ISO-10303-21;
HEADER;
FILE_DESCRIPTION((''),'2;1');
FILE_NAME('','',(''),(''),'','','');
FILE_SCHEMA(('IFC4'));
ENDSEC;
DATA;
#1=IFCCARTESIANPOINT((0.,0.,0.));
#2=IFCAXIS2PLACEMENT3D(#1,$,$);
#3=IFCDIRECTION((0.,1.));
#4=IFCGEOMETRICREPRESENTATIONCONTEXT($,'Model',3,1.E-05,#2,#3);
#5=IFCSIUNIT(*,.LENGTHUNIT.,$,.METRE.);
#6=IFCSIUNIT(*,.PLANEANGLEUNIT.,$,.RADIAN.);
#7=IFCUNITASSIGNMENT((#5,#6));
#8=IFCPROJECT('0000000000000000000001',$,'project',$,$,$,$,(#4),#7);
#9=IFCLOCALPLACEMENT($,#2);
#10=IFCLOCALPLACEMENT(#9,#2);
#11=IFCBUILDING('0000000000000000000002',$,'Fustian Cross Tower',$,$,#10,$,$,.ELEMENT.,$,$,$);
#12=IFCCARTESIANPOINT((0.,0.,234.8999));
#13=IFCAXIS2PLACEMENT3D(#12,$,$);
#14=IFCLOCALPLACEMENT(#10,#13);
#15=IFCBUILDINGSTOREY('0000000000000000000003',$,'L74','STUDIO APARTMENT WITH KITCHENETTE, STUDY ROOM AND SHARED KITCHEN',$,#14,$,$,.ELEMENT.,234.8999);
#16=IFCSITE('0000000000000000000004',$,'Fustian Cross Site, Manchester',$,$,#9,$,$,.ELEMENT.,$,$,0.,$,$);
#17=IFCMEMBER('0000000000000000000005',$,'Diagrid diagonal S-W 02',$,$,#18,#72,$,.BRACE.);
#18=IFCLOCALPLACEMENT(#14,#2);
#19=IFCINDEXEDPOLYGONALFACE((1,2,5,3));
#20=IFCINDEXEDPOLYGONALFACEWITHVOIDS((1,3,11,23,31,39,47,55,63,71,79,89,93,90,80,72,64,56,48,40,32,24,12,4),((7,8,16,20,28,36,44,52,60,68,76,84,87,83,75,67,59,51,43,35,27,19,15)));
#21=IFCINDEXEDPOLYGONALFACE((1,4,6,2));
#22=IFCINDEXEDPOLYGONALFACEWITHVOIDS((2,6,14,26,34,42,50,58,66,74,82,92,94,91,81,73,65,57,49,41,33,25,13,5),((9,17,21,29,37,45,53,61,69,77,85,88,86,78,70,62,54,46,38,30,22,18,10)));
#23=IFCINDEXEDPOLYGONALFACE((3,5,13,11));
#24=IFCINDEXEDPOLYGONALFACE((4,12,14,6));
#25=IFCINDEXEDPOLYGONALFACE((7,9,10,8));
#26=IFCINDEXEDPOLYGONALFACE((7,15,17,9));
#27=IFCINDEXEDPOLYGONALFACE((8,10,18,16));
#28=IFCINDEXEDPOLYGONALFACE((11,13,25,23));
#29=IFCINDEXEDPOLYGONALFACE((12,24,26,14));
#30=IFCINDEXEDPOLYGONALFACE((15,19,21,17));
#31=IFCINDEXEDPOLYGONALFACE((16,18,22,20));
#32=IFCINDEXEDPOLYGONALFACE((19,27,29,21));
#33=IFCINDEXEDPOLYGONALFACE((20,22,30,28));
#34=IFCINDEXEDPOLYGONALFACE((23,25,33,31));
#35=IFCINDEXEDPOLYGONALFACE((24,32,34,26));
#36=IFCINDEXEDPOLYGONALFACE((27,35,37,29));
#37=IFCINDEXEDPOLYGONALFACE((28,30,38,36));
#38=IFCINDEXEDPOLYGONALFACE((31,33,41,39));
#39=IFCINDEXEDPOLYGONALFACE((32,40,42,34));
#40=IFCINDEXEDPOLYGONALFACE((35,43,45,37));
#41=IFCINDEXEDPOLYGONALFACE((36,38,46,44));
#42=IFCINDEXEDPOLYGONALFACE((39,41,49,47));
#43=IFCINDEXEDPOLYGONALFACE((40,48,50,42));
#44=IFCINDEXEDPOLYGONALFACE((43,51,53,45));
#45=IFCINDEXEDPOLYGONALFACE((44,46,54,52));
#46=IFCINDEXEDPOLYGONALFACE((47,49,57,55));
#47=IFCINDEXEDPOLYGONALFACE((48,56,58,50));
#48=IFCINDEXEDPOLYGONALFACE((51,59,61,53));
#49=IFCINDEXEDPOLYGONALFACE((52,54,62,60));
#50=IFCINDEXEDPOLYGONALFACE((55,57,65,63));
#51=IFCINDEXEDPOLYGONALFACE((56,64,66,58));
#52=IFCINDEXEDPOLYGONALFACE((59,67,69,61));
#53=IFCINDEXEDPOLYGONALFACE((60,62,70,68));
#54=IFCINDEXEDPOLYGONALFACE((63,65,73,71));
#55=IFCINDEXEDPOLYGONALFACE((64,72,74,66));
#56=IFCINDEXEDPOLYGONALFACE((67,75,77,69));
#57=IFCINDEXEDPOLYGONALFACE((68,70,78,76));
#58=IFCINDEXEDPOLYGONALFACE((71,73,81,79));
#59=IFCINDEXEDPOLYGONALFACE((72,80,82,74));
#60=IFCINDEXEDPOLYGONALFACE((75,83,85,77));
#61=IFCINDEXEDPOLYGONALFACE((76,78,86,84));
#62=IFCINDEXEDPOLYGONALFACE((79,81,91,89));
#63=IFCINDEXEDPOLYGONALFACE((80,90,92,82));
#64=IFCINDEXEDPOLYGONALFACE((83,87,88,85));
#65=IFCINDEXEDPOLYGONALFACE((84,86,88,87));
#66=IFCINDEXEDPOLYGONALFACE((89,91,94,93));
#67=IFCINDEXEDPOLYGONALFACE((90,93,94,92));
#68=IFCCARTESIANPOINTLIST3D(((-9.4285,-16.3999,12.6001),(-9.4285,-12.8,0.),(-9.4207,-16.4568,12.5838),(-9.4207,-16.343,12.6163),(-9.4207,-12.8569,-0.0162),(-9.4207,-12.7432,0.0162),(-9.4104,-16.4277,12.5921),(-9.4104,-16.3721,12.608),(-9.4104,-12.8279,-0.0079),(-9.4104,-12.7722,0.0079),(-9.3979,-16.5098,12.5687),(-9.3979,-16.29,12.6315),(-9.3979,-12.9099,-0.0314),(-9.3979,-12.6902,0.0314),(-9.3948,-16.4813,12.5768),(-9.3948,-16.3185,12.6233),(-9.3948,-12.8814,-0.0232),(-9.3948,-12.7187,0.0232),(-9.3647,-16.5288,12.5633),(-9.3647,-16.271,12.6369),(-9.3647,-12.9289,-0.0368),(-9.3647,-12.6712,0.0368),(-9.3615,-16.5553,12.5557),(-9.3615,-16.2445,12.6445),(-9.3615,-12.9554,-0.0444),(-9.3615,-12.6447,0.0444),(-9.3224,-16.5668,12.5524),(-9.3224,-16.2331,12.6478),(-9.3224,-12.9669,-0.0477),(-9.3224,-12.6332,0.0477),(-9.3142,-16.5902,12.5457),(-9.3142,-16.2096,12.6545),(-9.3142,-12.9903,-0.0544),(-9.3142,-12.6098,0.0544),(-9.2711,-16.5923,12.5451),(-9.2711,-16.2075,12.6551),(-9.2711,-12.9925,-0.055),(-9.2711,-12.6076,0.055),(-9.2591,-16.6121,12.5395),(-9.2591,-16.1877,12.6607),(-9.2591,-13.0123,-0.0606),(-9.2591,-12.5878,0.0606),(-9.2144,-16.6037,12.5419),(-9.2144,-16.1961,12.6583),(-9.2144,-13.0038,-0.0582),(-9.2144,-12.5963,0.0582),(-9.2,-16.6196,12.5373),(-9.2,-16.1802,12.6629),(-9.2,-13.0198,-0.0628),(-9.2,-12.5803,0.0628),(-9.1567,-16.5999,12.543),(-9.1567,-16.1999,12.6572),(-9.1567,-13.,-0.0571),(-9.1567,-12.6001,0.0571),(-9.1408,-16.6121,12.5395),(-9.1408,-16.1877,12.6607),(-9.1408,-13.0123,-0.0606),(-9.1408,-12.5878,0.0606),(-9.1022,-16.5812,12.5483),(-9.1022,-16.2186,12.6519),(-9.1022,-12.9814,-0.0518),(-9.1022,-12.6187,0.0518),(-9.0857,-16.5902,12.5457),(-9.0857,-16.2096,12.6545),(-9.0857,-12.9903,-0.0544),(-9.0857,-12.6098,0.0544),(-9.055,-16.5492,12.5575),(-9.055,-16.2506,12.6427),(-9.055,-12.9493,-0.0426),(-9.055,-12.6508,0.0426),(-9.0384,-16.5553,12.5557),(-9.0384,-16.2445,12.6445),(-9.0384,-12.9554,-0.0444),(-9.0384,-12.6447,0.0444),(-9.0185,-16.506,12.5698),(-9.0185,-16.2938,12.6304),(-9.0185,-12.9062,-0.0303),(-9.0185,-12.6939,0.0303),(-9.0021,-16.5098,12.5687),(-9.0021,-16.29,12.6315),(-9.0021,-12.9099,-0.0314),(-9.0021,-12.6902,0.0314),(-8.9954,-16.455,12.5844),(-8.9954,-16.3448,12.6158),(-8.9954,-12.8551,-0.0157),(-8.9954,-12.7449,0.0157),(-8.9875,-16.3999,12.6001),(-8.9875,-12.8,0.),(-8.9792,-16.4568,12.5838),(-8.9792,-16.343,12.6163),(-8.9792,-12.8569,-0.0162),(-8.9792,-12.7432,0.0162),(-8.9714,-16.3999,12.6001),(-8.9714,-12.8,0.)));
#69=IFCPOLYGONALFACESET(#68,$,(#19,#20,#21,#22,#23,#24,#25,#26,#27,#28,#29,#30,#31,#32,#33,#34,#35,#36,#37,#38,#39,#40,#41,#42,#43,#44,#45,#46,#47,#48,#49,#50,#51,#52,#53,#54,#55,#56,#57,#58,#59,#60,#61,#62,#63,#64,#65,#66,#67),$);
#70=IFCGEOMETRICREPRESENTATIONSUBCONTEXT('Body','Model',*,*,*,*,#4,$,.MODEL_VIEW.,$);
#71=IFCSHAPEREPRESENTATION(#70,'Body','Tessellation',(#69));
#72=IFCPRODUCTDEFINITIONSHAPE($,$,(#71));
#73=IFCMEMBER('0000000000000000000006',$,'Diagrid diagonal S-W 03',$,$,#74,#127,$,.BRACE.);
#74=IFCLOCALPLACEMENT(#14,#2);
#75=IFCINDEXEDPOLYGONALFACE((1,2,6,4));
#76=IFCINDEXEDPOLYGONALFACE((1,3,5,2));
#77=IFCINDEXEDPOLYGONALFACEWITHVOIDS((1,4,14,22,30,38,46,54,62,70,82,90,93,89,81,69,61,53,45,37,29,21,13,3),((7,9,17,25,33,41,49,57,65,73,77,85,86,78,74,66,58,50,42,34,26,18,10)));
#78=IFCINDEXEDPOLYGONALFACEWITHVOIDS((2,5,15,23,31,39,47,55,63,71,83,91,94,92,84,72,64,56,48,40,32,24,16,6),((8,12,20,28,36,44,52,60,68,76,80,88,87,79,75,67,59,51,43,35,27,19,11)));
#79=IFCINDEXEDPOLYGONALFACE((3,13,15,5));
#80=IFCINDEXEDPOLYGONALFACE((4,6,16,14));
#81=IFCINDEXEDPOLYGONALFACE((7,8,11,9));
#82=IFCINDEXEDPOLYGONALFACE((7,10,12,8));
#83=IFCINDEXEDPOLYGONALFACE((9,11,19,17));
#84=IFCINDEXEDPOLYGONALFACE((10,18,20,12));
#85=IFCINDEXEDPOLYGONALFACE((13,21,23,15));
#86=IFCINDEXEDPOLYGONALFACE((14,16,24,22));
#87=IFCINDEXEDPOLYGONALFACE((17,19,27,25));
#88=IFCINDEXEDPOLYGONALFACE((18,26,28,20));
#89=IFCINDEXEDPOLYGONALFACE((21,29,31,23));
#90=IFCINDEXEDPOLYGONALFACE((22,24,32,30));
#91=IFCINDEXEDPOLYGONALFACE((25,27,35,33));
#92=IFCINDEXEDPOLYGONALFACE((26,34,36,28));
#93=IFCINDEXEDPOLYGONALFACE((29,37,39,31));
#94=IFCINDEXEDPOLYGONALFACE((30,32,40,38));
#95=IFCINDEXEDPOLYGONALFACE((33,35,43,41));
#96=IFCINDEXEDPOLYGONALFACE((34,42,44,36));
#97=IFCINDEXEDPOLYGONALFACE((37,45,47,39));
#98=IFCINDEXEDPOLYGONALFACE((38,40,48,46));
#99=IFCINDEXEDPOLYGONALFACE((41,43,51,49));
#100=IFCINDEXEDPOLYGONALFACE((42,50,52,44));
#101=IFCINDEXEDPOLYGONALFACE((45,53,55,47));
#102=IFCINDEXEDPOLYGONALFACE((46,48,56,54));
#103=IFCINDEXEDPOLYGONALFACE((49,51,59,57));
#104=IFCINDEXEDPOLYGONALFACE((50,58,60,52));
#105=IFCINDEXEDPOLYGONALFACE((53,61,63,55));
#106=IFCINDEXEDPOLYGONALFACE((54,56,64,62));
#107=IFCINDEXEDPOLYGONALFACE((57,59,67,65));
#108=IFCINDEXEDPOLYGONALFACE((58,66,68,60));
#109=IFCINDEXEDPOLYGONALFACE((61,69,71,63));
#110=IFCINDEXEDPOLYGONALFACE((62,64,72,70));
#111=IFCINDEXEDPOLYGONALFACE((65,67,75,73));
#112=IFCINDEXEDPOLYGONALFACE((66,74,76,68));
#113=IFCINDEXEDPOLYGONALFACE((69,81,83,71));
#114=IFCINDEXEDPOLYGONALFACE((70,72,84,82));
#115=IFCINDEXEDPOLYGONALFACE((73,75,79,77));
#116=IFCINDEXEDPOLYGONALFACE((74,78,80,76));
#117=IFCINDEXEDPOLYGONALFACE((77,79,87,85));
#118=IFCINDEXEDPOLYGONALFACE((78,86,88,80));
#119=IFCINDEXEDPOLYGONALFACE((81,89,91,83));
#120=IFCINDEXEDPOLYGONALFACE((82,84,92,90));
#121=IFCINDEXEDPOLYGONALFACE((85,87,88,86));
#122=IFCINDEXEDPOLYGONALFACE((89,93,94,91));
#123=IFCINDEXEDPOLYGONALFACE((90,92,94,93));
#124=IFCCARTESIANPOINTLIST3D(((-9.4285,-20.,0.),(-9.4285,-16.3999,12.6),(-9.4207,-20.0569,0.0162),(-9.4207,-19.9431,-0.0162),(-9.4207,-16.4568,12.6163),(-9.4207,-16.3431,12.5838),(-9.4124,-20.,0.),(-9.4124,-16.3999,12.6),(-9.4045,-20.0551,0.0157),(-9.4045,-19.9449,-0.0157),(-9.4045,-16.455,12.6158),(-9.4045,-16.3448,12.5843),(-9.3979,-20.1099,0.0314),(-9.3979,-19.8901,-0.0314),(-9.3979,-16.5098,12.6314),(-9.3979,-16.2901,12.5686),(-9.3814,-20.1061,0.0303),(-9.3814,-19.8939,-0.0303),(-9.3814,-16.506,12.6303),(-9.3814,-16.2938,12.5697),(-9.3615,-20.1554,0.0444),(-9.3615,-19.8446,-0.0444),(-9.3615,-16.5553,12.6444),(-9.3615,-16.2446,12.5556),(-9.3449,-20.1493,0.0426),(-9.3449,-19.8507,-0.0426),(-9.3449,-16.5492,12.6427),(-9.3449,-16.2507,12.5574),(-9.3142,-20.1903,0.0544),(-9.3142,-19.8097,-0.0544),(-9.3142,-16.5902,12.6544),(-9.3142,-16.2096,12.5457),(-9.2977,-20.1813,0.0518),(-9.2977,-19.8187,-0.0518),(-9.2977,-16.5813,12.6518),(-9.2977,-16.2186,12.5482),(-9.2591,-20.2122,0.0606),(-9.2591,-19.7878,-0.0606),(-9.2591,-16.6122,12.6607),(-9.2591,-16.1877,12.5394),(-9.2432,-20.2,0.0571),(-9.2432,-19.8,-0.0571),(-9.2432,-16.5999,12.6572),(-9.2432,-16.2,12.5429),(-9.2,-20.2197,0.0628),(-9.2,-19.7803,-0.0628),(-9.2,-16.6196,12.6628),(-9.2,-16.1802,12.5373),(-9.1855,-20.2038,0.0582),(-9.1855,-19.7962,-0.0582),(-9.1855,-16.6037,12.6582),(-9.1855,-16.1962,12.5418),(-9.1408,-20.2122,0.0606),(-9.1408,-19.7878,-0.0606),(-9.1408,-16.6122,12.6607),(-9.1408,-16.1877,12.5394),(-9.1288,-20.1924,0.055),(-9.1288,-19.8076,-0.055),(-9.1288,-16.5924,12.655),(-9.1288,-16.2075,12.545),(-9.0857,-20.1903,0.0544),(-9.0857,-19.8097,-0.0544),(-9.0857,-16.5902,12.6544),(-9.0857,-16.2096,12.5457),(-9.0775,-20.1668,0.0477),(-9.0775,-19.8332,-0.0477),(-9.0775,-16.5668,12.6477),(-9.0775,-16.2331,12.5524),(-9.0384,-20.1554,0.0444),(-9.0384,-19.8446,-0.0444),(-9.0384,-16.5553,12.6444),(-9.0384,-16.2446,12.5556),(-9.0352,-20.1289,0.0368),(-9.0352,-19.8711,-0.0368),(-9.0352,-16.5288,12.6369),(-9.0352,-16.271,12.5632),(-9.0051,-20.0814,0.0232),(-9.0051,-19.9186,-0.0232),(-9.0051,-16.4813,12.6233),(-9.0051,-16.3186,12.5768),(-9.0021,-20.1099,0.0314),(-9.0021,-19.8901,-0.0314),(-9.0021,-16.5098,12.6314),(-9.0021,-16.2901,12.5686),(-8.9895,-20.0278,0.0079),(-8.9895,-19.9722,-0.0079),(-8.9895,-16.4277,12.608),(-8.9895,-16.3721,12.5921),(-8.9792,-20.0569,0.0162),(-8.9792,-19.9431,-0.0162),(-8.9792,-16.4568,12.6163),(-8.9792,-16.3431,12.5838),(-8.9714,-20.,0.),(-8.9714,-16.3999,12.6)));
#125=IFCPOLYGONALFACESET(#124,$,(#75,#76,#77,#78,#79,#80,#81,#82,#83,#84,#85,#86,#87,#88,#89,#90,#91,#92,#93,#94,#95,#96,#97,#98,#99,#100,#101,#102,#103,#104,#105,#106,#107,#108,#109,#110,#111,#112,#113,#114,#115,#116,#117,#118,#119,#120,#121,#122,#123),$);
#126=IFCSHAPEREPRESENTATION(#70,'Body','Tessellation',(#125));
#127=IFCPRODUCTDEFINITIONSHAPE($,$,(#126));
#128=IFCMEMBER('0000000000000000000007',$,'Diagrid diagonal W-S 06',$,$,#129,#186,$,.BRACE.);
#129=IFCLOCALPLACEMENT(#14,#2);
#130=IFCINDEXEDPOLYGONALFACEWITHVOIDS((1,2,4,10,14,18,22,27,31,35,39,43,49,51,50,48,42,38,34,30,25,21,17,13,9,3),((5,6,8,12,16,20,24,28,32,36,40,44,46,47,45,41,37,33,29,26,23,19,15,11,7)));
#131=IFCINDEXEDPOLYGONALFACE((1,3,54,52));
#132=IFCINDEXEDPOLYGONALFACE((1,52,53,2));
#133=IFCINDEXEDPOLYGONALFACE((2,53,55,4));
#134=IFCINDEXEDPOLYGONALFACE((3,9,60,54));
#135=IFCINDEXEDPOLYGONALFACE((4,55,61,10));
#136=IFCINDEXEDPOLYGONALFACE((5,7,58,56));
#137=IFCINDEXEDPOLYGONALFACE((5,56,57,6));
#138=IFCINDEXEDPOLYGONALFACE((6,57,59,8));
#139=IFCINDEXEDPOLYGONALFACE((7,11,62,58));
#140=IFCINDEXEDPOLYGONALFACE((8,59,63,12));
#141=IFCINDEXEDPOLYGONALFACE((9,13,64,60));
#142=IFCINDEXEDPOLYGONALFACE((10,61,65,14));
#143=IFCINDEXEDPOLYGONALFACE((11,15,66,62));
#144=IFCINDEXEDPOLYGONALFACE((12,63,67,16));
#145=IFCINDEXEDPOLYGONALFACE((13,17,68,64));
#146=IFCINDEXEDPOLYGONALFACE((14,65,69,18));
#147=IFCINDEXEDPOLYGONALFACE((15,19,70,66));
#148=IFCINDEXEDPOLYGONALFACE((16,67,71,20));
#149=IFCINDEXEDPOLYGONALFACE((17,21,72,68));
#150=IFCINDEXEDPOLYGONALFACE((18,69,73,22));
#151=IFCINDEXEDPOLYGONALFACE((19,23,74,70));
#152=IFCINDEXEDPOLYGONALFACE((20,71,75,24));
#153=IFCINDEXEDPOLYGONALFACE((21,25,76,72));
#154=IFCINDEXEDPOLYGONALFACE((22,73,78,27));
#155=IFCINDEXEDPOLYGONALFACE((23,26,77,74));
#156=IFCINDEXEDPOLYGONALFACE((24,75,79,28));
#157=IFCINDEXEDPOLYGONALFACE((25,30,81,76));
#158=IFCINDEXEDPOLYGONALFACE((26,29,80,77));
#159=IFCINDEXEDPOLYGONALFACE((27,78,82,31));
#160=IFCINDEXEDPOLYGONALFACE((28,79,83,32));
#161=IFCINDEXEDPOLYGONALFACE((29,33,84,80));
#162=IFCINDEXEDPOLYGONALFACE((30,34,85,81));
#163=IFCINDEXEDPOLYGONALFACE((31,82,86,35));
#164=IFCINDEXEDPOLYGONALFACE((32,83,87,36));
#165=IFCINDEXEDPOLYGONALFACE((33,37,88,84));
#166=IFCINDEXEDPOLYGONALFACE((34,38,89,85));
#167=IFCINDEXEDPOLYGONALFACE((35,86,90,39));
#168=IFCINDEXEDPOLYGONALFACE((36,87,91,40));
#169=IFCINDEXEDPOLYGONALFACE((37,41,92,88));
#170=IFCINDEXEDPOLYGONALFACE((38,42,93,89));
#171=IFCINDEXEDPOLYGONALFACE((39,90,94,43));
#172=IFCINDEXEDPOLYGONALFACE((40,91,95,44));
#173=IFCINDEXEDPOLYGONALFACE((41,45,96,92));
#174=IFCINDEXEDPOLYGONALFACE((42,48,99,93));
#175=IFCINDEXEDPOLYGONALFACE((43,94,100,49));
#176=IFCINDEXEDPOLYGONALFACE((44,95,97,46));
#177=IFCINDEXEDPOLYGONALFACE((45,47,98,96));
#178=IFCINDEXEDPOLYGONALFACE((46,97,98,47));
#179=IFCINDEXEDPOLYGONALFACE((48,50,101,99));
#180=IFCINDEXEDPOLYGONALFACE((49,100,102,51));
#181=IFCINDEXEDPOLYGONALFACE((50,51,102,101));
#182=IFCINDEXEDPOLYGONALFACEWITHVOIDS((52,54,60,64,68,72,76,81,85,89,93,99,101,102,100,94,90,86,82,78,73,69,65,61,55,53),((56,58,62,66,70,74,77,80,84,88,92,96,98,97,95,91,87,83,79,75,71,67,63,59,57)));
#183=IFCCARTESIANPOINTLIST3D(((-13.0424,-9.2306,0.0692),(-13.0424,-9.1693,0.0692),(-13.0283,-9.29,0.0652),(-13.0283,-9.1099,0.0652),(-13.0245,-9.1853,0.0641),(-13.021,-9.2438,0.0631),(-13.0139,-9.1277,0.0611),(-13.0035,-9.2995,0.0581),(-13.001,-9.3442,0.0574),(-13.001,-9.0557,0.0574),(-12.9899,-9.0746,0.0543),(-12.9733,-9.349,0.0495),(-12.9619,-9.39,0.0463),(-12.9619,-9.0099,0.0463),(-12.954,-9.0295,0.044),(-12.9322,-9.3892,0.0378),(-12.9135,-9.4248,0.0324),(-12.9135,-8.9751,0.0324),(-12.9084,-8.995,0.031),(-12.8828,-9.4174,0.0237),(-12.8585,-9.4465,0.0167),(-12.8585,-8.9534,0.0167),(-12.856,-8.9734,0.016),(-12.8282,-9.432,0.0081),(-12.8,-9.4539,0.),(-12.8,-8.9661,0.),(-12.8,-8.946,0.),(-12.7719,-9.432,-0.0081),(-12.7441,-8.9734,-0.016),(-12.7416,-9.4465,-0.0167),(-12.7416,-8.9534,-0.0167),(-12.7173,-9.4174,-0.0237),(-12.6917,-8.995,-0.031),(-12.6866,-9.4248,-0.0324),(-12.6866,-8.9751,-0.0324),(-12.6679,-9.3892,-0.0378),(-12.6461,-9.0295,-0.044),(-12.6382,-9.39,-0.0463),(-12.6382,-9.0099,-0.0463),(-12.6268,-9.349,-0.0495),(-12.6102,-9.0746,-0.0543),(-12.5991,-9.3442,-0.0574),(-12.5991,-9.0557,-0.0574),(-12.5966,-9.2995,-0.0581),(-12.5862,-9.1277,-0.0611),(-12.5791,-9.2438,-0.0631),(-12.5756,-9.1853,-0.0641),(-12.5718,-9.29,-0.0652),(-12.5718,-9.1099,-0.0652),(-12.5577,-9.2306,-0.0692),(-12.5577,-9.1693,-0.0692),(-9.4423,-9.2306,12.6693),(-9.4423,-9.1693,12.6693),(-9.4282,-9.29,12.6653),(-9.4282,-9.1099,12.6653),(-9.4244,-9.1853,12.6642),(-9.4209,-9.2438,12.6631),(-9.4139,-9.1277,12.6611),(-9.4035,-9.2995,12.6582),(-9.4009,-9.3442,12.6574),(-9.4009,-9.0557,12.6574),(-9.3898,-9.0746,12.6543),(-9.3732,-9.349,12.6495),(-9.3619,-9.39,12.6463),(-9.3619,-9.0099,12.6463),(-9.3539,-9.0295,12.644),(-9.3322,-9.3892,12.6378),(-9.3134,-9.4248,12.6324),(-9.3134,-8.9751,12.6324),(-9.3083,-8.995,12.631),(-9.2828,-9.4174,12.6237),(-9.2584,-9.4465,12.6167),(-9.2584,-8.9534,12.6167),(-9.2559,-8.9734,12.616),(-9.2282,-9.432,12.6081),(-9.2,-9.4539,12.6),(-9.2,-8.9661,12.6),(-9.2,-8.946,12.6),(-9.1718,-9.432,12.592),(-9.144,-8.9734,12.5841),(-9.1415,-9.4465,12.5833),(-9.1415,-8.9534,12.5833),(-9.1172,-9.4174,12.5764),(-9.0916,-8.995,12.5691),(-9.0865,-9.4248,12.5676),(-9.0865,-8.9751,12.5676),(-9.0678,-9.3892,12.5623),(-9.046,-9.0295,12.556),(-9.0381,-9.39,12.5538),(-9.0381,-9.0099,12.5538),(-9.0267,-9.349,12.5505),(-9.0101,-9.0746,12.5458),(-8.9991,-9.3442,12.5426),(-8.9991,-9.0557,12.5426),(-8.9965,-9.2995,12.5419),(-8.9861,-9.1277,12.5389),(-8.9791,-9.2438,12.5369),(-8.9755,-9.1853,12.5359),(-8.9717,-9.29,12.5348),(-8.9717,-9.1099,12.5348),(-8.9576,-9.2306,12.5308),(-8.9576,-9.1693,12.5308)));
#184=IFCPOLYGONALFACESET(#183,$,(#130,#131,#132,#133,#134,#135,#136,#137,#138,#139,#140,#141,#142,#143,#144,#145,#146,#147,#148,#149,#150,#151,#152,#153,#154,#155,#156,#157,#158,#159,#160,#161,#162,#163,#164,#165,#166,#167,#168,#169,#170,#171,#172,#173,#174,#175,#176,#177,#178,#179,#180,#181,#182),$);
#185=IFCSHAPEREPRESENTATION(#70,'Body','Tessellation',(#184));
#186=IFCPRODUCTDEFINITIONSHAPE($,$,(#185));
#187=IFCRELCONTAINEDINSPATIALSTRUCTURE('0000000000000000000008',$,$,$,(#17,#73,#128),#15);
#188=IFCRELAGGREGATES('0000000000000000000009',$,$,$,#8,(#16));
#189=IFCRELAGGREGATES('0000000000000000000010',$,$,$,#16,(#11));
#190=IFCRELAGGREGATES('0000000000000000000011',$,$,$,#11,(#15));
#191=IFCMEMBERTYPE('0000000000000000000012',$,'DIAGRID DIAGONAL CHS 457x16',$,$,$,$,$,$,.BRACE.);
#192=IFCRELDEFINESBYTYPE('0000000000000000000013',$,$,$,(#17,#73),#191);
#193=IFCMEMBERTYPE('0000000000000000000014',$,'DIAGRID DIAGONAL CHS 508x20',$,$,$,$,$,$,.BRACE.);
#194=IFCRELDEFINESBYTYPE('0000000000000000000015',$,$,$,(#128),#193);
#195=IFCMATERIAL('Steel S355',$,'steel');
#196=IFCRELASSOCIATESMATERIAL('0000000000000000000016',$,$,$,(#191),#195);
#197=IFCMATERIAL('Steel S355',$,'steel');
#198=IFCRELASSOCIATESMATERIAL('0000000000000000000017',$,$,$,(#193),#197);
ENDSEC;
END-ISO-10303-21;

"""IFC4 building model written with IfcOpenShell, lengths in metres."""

from ifc_helpers import new_model, si_unit, direction, frame, origin, origin_2d, place, context, subcontext, project, spatial, hollow_circle, extrude, material, material_profile, profile_set, type_object, element, save


model = new_model("IFC4")

# Units and contexts
model_context = context("Model", 3, precision=1e-05, world=origin(), true_north=direction((0.0, 1.0)))
body_context = subcontext(model_context, "Body", "Model", "MODEL_VIEW")
ifc_project = project(units=[si_unit("LENGTHUNIT", "METRE"), si_unit("PLANEANGLEUNIT", "RADIAN")], contexts=[model_context])

# Site, building, storey
site_placement = place(None, origin())
site = spatial("IfcSite", under=ifc_project, at=site_placement, Name="Fustian Cross Site, Manchester", CompositionType="ELEMENT", RefElevation=0.0)
building_placement = place(site_placement, origin())
building = spatial("IfcBuilding", under=site, at=building_placement, Name="Fustian Cross Tower", CompositionType="ELEMENT")
storey_placement = place(building_placement, frame((0.0, 0.0, 234.8999)))
storey = spatial("IfcBuildingStorey", under=building, at=storey_placement, Name="L74", Description="STUDIO APARTMENT WITH KITCHENETTE, STUDY ROOM AND SHARED KITCHEN", CompositionType="ELEMENT", Elevation=234.8999)

# Members
ifc_material_1 = material(Name="Steel S355", Category="steel")
ifc_material_profile_1 = material_profile(ifc_material_1, hollow_circle(Radius=0.2285, WallThickness=0.0161, at=origin_2d()), Name="CHS 457x16")
ifc_profile_set_1 = profile_set([ifc_material_profile_1], Name="Steel S355")
member_type_1 = type_object("IfcMemberType", Name="DIAGRID DIAGONAL CHS 457x16", PredefinedType="BRACE", material=ifc_profile_set_1)
for number, where, z_axis, x_axis, name in (
    (1, (-9.2, -12.8, 0.0), (0.0, -0.274709, 0.961527), (1.0, 0.0, 0.0), "Diagrid diagonal S-W 02"),
    (2, (-9.2, -20.0, 0.0), (0.0, 0.274726, 0.961523), (-1.0, 0.0, 0.0), "Diagrid diagonal S-W 03"),
):
    element("IfcMember", number, at=place(storey_placement, frame(where, z_axis=z_axis, x_axis=x_axis)), inside=storey, type_object=member_type_1, Name=name, PredefinedType="BRACE", context=body_context, shape_type="SweptSolid", body=[
        extrude(hollow_circle(Radius=0.2285, WallThickness=0.0161, at=origin_2d()), origin(), (0.0, 0.0, 1.0), 13.1042),
    ])
ifc_material_2 = material(Name="Steel S355", Category="steel")
ifc_material_profile_2 = material_profile(ifc_material_2, hollow_circle(Radius=0.2539, WallThickness=0.02, at=origin_2d()), Name="CHS 508x20")
ifc_profile_set_2 = profile_set([ifc_material_profile_2], Name="Steel S355")
member_type_2 = type_object("IfcMemberType", Name="DIAGRID DIAGONAL CHS 508x20", PredefinedType="BRACE", material=ifc_profile_set_2)
for number, where, z_axis, x_axis, name in (
    (3, (-12.8, -9.2, 0.0), (0.274726, 0.0, 0.961523), (0.0, 1.0, 0.0), "Diagrid diagonal W-S 06"),
):
    element("IfcMember", number, at=place(storey_placement, frame(where, z_axis=z_axis, x_axis=x_axis)), inside=storey, type_object=member_type_2, Name=name, PredefinedType="BRACE", context=body_context, shape_type="SweptSolid", body=[
        extrude(hollow_circle(Radius=0.2539, WallThickness=0.02, at=origin_2d()), origin(), (0.0, 0.0, 1.0), 13.1042),
    ])

save(model, "model.ifc")
